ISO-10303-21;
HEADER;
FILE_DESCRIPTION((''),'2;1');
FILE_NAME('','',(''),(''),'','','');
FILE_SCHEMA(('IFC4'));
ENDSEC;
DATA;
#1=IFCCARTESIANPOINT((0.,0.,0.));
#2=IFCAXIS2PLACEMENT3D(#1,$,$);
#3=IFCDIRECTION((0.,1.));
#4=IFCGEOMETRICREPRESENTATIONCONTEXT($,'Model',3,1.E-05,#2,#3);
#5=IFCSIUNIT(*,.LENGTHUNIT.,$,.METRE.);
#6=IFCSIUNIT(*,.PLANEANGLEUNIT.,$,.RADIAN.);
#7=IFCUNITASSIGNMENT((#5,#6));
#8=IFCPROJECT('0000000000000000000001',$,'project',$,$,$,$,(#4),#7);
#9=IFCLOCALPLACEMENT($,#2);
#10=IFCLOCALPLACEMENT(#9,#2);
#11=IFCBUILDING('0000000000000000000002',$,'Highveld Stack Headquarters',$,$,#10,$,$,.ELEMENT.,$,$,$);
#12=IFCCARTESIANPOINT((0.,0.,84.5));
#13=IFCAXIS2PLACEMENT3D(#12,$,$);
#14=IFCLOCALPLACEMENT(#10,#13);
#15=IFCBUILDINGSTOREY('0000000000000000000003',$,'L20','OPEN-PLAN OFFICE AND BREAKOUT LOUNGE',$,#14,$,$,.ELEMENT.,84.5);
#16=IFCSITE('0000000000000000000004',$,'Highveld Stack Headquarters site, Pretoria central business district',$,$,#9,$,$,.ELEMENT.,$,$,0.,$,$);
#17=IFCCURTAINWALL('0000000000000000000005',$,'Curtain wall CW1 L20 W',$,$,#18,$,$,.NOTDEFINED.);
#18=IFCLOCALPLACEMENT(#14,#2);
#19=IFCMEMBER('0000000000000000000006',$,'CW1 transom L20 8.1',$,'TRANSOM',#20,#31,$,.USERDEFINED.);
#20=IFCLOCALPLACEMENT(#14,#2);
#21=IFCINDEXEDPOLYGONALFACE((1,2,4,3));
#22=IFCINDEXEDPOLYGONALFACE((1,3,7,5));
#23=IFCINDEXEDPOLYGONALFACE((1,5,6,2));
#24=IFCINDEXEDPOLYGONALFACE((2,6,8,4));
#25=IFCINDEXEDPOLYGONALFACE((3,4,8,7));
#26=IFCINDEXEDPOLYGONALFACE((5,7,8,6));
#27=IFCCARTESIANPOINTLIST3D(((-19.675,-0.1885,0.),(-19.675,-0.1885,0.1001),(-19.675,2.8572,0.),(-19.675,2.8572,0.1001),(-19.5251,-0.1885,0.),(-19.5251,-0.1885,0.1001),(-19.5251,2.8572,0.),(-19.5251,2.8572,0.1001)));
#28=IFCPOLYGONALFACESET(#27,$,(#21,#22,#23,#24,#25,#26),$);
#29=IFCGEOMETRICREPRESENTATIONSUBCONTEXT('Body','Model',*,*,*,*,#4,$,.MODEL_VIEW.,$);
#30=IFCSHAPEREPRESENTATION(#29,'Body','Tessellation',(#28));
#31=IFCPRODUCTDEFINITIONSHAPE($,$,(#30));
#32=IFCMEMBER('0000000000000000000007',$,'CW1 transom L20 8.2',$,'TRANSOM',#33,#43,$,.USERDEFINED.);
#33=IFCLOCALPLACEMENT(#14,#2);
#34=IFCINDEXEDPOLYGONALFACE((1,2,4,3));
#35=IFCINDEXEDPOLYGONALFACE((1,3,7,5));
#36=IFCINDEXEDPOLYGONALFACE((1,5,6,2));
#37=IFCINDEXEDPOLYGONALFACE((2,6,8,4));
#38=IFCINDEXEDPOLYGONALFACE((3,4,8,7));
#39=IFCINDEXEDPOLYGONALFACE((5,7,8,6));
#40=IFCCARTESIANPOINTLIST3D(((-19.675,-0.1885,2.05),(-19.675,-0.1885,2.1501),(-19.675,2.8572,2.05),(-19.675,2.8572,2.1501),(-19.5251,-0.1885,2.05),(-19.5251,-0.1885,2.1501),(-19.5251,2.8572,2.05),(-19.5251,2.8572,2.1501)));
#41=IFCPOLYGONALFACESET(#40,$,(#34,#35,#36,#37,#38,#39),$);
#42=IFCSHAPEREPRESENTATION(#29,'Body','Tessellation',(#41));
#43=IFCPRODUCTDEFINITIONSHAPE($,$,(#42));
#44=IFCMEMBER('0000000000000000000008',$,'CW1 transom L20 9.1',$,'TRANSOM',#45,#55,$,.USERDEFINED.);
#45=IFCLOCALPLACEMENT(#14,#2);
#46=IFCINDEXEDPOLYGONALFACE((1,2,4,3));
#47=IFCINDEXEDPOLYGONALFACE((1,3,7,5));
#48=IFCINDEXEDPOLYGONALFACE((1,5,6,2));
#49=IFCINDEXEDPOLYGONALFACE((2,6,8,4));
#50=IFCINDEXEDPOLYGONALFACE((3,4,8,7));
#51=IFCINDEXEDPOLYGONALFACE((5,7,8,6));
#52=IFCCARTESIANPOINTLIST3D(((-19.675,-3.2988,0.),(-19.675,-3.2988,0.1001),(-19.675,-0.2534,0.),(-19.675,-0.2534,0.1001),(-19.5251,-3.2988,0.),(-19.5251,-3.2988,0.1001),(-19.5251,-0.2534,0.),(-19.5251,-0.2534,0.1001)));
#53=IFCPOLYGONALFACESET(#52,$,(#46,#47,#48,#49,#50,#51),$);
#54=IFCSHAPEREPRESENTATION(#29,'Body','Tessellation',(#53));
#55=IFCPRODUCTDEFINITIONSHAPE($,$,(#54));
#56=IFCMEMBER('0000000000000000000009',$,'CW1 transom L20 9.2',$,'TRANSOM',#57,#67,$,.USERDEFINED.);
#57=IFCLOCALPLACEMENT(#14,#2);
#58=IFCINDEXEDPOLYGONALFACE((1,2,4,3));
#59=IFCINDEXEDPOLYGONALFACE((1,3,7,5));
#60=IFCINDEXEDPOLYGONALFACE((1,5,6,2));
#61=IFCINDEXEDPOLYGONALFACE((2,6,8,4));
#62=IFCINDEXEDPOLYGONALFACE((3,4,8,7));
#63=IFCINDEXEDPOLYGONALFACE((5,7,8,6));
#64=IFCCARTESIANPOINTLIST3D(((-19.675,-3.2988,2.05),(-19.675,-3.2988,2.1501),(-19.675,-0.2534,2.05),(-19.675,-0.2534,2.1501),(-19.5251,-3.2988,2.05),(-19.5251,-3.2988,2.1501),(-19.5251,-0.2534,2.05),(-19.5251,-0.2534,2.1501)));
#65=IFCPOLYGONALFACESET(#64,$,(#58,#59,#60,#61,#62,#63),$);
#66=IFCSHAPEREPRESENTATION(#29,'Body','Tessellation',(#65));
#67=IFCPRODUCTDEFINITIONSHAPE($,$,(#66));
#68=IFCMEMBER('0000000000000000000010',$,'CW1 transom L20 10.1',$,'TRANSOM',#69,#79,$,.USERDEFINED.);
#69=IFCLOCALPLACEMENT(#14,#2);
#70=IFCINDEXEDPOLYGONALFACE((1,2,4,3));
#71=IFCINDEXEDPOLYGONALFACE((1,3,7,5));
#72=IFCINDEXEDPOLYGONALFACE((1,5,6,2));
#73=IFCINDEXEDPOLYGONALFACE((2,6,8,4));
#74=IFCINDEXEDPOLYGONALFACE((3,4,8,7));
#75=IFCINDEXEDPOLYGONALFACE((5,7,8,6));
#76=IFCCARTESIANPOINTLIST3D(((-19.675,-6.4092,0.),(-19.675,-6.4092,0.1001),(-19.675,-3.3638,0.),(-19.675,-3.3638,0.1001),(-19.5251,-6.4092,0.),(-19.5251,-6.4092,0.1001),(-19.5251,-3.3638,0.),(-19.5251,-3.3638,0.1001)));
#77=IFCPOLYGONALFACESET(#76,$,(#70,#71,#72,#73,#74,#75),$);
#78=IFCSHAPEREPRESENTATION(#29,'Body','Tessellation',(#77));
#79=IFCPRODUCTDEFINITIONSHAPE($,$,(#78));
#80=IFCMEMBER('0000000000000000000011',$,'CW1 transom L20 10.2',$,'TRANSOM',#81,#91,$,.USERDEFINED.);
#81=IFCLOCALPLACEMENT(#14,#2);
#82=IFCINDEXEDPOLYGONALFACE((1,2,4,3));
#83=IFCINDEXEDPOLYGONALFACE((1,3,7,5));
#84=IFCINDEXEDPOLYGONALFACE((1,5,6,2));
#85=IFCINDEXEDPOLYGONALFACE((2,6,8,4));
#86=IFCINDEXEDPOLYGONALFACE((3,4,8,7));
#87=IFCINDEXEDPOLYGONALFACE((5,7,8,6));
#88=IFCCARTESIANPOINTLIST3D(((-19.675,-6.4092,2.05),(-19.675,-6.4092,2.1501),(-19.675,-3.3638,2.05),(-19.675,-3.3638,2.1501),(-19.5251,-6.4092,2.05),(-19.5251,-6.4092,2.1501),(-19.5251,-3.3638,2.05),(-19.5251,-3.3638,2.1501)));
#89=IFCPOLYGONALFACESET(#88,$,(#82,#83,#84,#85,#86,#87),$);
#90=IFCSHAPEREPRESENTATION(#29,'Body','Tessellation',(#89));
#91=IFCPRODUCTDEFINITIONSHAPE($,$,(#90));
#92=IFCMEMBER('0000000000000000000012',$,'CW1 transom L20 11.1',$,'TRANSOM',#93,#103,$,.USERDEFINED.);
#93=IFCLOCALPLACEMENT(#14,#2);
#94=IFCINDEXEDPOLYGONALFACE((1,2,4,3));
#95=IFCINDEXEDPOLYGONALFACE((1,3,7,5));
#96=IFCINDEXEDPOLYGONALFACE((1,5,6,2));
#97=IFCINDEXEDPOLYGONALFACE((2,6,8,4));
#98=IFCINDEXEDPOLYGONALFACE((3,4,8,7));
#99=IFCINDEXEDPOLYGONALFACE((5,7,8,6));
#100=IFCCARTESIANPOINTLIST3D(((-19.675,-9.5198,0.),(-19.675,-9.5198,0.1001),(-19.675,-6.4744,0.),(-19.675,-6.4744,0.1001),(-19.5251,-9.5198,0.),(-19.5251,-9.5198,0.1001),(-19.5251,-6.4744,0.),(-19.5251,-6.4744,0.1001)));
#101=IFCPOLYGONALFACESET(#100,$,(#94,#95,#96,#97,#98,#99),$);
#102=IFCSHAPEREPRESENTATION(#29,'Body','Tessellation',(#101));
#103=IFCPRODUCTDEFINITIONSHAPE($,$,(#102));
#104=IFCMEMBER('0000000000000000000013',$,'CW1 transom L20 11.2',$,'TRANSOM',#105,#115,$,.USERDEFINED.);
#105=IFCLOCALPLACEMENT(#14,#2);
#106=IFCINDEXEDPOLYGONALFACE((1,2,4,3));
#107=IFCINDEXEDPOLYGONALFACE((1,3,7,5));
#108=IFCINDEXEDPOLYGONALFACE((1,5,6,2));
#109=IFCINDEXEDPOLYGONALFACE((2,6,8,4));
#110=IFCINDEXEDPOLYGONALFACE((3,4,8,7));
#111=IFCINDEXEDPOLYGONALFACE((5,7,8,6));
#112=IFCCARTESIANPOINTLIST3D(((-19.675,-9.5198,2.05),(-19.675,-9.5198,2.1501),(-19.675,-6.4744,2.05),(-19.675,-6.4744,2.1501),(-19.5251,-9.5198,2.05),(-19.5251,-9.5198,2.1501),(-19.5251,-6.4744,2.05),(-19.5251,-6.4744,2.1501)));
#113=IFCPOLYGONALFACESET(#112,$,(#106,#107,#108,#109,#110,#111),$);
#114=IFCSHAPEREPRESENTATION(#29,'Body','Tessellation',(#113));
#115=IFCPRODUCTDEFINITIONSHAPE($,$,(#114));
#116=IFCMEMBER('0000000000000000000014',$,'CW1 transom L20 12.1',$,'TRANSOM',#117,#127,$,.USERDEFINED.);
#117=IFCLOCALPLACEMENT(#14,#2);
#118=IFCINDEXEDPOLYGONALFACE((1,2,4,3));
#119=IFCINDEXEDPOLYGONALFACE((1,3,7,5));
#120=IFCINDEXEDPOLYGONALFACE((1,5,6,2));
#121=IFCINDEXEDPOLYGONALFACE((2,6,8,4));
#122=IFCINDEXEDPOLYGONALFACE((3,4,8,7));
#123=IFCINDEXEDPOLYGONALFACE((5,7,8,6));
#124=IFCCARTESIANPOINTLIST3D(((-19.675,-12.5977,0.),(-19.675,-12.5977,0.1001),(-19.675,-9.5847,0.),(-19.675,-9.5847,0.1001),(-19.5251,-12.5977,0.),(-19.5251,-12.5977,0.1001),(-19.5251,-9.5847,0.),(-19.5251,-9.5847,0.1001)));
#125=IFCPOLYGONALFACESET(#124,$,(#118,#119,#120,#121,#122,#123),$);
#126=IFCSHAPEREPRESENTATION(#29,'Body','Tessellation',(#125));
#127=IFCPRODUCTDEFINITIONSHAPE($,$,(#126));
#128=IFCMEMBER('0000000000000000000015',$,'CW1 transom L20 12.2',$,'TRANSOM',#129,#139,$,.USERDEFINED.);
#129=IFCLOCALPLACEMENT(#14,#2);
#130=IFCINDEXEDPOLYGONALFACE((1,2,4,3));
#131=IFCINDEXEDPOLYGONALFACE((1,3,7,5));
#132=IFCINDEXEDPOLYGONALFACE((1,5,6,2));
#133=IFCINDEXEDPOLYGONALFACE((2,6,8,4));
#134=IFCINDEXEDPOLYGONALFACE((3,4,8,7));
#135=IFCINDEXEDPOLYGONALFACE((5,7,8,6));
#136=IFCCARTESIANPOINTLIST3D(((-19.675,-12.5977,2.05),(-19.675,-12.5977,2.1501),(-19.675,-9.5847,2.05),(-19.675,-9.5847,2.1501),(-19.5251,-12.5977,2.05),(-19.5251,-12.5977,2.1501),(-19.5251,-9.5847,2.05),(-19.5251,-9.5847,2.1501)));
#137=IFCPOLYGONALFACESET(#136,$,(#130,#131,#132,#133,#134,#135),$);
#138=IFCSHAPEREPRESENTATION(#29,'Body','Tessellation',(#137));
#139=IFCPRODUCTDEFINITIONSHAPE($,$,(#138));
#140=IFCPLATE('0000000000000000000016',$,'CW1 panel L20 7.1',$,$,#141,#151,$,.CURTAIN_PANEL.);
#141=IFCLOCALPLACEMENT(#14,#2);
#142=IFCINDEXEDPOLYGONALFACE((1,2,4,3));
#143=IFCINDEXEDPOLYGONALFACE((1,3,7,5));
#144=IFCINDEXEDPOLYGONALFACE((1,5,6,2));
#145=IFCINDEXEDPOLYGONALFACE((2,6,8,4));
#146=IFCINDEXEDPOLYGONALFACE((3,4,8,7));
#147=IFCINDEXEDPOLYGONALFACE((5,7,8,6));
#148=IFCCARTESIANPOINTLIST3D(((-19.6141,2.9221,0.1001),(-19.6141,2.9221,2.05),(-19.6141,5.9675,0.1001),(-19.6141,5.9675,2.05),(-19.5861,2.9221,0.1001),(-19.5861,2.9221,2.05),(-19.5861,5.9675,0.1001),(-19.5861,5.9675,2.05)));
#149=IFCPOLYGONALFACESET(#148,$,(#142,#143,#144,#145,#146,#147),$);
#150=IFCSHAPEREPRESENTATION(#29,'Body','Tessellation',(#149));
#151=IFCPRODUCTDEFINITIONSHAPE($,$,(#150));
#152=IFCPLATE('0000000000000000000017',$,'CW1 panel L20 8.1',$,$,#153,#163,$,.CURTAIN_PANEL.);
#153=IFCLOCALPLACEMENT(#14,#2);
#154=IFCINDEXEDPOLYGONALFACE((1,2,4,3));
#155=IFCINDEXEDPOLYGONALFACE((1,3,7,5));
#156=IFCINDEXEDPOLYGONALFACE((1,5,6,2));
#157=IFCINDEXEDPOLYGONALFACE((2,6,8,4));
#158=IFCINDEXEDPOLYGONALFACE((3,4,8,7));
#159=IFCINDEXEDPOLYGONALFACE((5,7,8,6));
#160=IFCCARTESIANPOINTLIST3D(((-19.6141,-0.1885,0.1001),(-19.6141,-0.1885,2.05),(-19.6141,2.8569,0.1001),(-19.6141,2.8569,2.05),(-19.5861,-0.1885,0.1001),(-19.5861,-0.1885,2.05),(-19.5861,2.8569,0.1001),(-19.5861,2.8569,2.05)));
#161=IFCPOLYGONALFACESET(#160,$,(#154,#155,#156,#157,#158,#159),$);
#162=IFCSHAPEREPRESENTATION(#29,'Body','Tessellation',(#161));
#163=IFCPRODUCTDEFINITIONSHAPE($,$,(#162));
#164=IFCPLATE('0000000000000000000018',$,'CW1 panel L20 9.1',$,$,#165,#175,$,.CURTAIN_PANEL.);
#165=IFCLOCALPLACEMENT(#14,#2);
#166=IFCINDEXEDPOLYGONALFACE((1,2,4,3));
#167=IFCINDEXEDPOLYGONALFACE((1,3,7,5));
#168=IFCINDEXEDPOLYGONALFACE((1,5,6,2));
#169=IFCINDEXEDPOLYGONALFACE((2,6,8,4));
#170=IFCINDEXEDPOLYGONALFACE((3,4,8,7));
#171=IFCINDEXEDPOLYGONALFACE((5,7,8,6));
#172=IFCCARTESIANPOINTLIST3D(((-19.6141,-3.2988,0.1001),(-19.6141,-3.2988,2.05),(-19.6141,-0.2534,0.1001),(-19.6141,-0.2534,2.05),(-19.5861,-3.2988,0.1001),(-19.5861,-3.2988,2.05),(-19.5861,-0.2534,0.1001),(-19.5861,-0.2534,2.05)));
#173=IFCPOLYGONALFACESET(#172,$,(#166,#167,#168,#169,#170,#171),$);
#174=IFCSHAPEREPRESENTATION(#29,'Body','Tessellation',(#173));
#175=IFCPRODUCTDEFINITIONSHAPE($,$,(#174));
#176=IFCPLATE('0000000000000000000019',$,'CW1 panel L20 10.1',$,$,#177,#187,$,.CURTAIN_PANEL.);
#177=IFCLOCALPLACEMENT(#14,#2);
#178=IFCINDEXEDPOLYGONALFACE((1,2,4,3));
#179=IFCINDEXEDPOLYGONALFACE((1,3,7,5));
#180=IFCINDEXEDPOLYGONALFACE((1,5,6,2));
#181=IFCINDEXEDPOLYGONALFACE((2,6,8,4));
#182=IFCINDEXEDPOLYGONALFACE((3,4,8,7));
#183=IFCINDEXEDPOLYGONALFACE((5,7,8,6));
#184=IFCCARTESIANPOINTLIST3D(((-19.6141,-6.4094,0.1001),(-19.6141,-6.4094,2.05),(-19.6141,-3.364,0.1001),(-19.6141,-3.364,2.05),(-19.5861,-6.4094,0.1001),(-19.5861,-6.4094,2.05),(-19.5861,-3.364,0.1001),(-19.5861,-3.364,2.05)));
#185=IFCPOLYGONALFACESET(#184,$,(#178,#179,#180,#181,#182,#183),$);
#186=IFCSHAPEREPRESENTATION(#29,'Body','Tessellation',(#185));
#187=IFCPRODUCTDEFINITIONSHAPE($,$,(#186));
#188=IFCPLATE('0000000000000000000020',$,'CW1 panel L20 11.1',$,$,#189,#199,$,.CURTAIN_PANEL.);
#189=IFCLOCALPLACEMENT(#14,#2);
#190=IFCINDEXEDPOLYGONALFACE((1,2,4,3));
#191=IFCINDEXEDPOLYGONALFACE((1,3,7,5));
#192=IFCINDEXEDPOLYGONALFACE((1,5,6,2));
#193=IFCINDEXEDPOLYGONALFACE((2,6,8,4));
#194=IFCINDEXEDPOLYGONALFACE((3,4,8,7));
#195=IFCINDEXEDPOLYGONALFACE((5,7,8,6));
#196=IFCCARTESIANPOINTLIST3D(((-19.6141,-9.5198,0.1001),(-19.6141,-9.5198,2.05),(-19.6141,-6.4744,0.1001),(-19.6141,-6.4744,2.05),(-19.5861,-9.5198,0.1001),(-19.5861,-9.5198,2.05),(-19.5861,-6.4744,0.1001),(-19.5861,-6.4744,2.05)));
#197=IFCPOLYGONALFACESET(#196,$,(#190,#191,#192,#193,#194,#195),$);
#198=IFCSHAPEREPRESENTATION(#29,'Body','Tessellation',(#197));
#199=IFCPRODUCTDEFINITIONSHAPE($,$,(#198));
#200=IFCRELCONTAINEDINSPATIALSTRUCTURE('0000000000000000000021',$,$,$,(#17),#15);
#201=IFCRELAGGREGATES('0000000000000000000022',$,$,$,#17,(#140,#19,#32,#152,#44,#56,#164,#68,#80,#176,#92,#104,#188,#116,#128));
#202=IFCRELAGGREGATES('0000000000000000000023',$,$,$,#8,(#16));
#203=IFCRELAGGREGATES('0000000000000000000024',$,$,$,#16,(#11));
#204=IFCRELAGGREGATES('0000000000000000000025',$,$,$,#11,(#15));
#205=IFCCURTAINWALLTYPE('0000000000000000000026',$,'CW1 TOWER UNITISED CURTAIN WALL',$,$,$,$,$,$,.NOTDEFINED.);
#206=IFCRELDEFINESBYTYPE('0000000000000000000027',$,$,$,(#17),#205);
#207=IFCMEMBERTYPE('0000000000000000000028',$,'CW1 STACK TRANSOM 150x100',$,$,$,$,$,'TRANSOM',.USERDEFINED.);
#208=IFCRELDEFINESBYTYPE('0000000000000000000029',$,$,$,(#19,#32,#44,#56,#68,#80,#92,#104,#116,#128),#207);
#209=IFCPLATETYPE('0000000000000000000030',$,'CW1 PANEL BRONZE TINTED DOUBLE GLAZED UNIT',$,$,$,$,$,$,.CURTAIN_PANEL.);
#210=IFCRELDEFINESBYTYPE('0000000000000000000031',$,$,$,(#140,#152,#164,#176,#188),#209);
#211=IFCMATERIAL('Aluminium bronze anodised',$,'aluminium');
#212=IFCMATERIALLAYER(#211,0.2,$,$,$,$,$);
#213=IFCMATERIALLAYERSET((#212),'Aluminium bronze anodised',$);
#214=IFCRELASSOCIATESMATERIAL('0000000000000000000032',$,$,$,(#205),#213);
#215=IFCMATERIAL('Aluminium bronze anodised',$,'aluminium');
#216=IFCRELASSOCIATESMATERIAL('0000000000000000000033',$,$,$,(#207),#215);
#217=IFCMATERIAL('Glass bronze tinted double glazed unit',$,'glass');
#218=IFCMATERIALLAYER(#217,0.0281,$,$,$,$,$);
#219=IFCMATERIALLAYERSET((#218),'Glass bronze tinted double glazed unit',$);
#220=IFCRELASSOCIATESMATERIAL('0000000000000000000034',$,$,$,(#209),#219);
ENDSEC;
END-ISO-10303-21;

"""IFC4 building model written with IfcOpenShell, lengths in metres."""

from ifc_helpers import new_model, si_unit, direction, frame, origin, origin_2d, place, context, subcontext, project, spatial, rectangle, extrude, material, layer, layer_set, material_profile, profile_set, type_object, element, aggregate, save


model = new_model("IFC4")

# Units and contexts
model_context = context("Model", 3, precision=1e-05, world=origin(), true_north=direction((0.0, 1.0)))
body_context = subcontext(model_context, "Body", "Model", "MODEL_VIEW")
ifc_project = project(units=[si_unit("LENGTHUNIT", "METRE"), si_unit("PLANEANGLEUNIT", "RADIAN")], contexts=[model_context])

# Site, building, storey
site_placement = place(None, origin())
site = spatial("IfcSite", under=ifc_project, at=site_placement, Name="Highveld Stack Headquarters site, Pretoria central business district", CompositionType="ELEMENT", RefElevation=0.0)
building_placement = place(site_placement, origin())
building = spatial("IfcBuilding", under=site, at=building_placement, Name="Highveld Stack Headquarters", CompositionType="ELEMENT")
storey_placement = place(building_placement, frame((0.0, 0.0, 84.5)))
storey = spatial("IfcBuildingStorey", under=building, at=storey_placement, Name="L20", Description="OPEN-PLAN OFFICE AND BREAKOUT LOUNGE", CompositionType="ELEMENT", Elevation=84.5)

# Curtain wall, members, plates
ifc_material_1 = material(Name="Aluminium bronze anodised", Category="aluminium")
ifc_layer_1 = layer(ifc_material_1, 0.2)
ifc_layer_set_1 = layer_set([ifc_layer_1], Name="Aluminium bronze anodised")
curtain_wall_type = type_object("IfcCurtainWallType", Name="CW1 TOWER UNITISED CURTAIN WALL", PredefinedType="NOTDEFINED", material=ifc_layer_set_1)
curtain_wall_placement = place(storey_placement, origin())
curtain_wall = element("IfcCurtainWall", 1, at=curtain_wall_placement, inside=storey, type_object=curtain_wall_type, Name="Curtain wall CW1 L20 W", PredefinedType="NOTDEFINED")
ifc_material_2 = material(Name="Aluminium bronze anodised", Category="aluminium")
ifc_material_profile_1 = material_profile(ifc_material_2, rectangle(XDim=0.1499, YDim=0.1001, at=origin_2d()), Name="CW1 TRANSOM 150x100")
ifc_profile_set_1 = profile_set([ifc_material_profile_1], Name="Aluminium bronze anodised")
member_type_1 = type_object("IfcMemberType", Name="CW1 STACK TRANSOM 150x100", ElementType="TRANSOM", PredefinedType="USERDEFINED", material=ifc_profile_set_1)
member_1_placement = place(storey_placement, frame((-19.6001, 2.8572, 0.05), z_axis=(0.0, -1.0, 0.0), x_axis=(1.0, 0.0, 0.0)))
member_1 = element("IfcMember", 2, at=member_1_placement, type_object=member_type_1, Name="CW1 transom L20 8.1", ObjectType="TRANSOM", PredefinedType="USERDEFINED", context=body_context, shape_type="SweptSolid", body=[
    extrude(rectangle(XDim=0.1499, YDim=0.1001, at=origin_2d()), origin(), (0.0, 0.0, 1.0), 3.0457),
])
member_2_placement = place(storey_placement, frame((-19.6001, 2.8572, 2.1001), z_axis=(0.0, -1.0, 0.0), x_axis=(1.0, 0.0, 0.0)))
member_2 = element("IfcMember", 3, at=member_2_placement, type_object=member_type_1, Name="CW1 transom L20 8.2", ObjectType="TRANSOM", PredefinedType="USERDEFINED", context=body_context, shape_type="SweptSolid", body=[
    extrude(rectangle(XDim=0.1499, YDim=0.1001, at=origin_2d()), origin(), (0.0, 0.0, 1.0), 3.0457),
])
member_3_placement = place(storey_placement, frame((-19.6001, -0.2534, 0.05), z_axis=(0.0, -1.0, 0.0), x_axis=(1.0, 0.0, 0.0)))
member_3 = element("IfcMember", 4, at=member_3_placement, type_object=member_type_1, Name="CW1 transom L20 9.1", ObjectType="TRANSOM", PredefinedType="USERDEFINED", context=body_context, shape_type="SweptSolid", body=[
    extrude(rectangle(XDim=0.1499, YDim=0.1001, at=origin_2d()), origin(), (0.0, 0.0, 1.0), 3.0454),
])
member_4_placement = place(storey_placement, frame((-19.6001, -0.2534, 2.1001), z_axis=(0.0, -1.0, 0.0), x_axis=(1.0, 0.0, 0.0)))
member_4 = element("IfcMember", 5, at=member_4_placement, type_object=member_type_1, Name="CW1 transom L20 9.2", ObjectType="TRANSOM", PredefinedType="USERDEFINED", context=body_context, shape_type="SweptSolid", body=[
    extrude(rectangle(XDim=0.1499, YDim=0.1001, at=origin_2d()), origin(), (0.0, 0.0, 1.0), 3.0454),
])
member_5_placement = place(storey_placement, frame((-19.6001, -3.3638, 0.05), z_axis=(0.0, -1.0, 0.0), x_axis=(1.0, 0.0, 0.0)))
member_5 = element("IfcMember", 6, at=member_5_placement, type_object=member_type_1, Name="CW1 transom L20 10.1", ObjectType="TRANSOM", PredefinedType="USERDEFINED", context=body_context, shape_type="SweptSolid", body=[
    extrude(rectangle(XDim=0.1499, YDim=0.1001, at=origin_2d()), origin(), (0.0, 0.0, 1.0), 3.0454),
])
member_6_placement = place(storey_placement, frame((-19.6001, -3.3638, 2.1001), z_axis=(0.0, -1.0, 0.0), x_axis=(1.0, 0.0, 0.0)))
member_6 = element("IfcMember", 7, at=member_6_placement, type_object=member_type_1, Name="CW1 transom L20 10.2", ObjectType="TRANSOM", PredefinedType="USERDEFINED", context=body_context, shape_type="SweptSolid", body=[
    extrude(rectangle(XDim=0.1499, YDim=0.1001, at=origin_2d()), origin(), (0.0, 0.0, 1.0), 3.0454),
])
member_7_placement = place(storey_placement, frame((-19.6001, -6.4744, 0.05), z_axis=(0.0, -1.0, 0.0), x_axis=(1.0, 0.0, 0.0)))
member_7 = element("IfcMember", 8, at=member_7_placement, type_object=member_type_1, Name="CW1 transom L20 11.1", ObjectType="TRANSOM", PredefinedType="USERDEFINED", context=body_context, shape_type="SweptSolid", body=[
    extrude(rectangle(XDim=0.1499, YDim=0.1001, at=origin_2d()), origin(), (0.0, 0.0, 1.0), 3.0454),
])
member_8_placement = place(storey_placement, frame((-19.6001, -6.4744, 2.1001), z_axis=(0.0, -1.0, 0.0), x_axis=(1.0, 0.0, 0.0)))
member_8 = element("IfcMember", 9, at=member_8_placement, type_object=member_type_1, Name="CW1 transom L20 11.2", ObjectType="TRANSOM", PredefinedType="USERDEFINED", context=body_context, shape_type="SweptSolid", body=[
    extrude(rectangle(XDim=0.1499, YDim=0.1001, at=origin_2d()), origin(), (0.0, 0.0, 1.0), 3.0454),
])
member_9_placement = place(storey_placement, frame((-19.6001, -9.5847, 0.05), z_axis=(0.0, -1.0, 0.0), x_axis=(1.0, 0.0, 0.0)))
member_9 = element("IfcMember", 10, at=member_9_placement, type_object=member_type_1, Name="CW1 transom L20 12.1", ObjectType="TRANSOM", PredefinedType="USERDEFINED", context=body_context, shape_type="SweptSolid", body=[
    extrude(rectangle(XDim=0.1499, YDim=0.1001, at=origin_2d()), origin(), (0.0, 0.0, 1.0), 3.0129),
])
member_10_placement = place(storey_placement, frame((-19.6001, -9.5847, 2.1001), z_axis=(0.0, -1.0, 0.0), x_axis=(1.0, 0.0, 0.0)))
member_10 = element("IfcMember", 11, at=member_10_placement, type_object=member_type_1, Name="CW1 transom L20 12.2", ObjectType="TRANSOM", PredefinedType="USERDEFINED", context=body_context, shape_type="SweptSolid", body=[
    extrude(rectangle(XDim=0.1499, YDim=0.1001, at=origin_2d()), origin(), (0.0, 0.0, 1.0), 3.0129),
])
ifc_material_3 = material(Name="Glass bronze tinted double glazed unit", Category="glass")
ifc_layer_2 = layer(ifc_material_3, 0.0281)
ifc_layer_set_2 = layer_set([ifc_layer_2], Name="Glass bronze tinted double glazed unit")
plate_type = type_object("IfcPlateType", Name="CW1 PANEL BRONZE TINTED DOUBLE GLAZED UNIT", PredefinedType="CURTAIN_PANEL", material=ifc_layer_set_2)
plate_1_placement = place(storey_placement, frame((-19.6001, 4.4448, 0.1001), z_axis=(0.0, 0.0, 1.0), x_axis=(0.0, -1.0, 0.0)))
plate_1 = element("IfcPlate", 12, at=plate_1_placement, type_object=plate_type, Name="CW1 panel L20 7.1", PredefinedType="CURTAIN_PANEL", context=body_context, shape_type="SweptSolid", body=[
    extrude(rectangle(XDim=3.0454, YDim=0.0281, at=origin_2d()), origin(), (0.0, 0.0, 1.0), 1.95),
])
plate_2_placement = place(storey_placement, frame((-19.6001, 1.3342, 0.1001), z_axis=(0.0, 0.0, 1.0), x_axis=(0.0, -1.0, 0.0)))
plate_2 = element("IfcPlate", 13, at=plate_2_placement, type_object=plate_type, Name="CW1 panel L20 8.1", PredefinedType="CURTAIN_PANEL", context=body_context, shape_type="SweptSolid", body=[
    extrude(rectangle(XDim=3.0454, YDim=0.0281, at=origin_2d()), origin(), (0.0, 0.0, 1.0), 1.95),
])
plate_3_placement = place(storey_placement, frame((-19.6001, -1.7761, 0.1001), z_axis=(0.0, 0.0, 1.0), x_axis=(0.0, -1.0, 0.0)))
plate_3 = element("IfcPlate", 14, at=plate_3_placement, type_object=plate_type, Name="CW1 panel L20 9.1", PredefinedType="CURTAIN_PANEL", context=body_context, shape_type="SweptSolid", body=[
    extrude(rectangle(XDim=3.0454, YDim=0.0281, at=origin_2d()), origin(), (0.0, 0.0, 1.0), 1.95),
])
plate_4_placement = place(storey_placement, frame((-19.6001, -4.8867, 0.1001), z_axis=(0.0, 0.0, 1.0), x_axis=(0.0, -1.0, 0.0)))
plate_4 = element("IfcPlate", 15, at=plate_4_placement, type_object=plate_type, Name="CW1 panel L20 10.1", PredefinedType="CURTAIN_PANEL", context=body_context, shape_type="SweptSolid", body=[
    extrude(rectangle(XDim=3.0454, YDim=0.0281, at=origin_2d()), origin(), (0.0, 0.0, 1.0), 1.95),
])
plate_5_placement = place(storey_placement, frame((-19.6001, -7.9971, 0.1001), z_axis=(0.0, 0.0, 1.0), x_axis=(0.0, -1.0, 0.0)))
plate_5 = element("IfcPlate", 16, at=plate_5_placement, type_object=plate_type, Name="CW1 panel L20 11.1", PredefinedType="CURTAIN_PANEL", context=body_context, shape_type="SweptSolid", body=[
    extrude(rectangle(XDim=3.0454, YDim=0.0281, at=origin_2d()), origin(), (0.0, 0.0, 1.0), 1.95),
])
aggregate(curtain_wall, [plate_1, member_1, member_2, plate_2, member_3, member_4, plate_3, member_5, member_6, plate_4, member_7, member_8, plate_5, member_9, member_10])

save(model, "model.ifc")
